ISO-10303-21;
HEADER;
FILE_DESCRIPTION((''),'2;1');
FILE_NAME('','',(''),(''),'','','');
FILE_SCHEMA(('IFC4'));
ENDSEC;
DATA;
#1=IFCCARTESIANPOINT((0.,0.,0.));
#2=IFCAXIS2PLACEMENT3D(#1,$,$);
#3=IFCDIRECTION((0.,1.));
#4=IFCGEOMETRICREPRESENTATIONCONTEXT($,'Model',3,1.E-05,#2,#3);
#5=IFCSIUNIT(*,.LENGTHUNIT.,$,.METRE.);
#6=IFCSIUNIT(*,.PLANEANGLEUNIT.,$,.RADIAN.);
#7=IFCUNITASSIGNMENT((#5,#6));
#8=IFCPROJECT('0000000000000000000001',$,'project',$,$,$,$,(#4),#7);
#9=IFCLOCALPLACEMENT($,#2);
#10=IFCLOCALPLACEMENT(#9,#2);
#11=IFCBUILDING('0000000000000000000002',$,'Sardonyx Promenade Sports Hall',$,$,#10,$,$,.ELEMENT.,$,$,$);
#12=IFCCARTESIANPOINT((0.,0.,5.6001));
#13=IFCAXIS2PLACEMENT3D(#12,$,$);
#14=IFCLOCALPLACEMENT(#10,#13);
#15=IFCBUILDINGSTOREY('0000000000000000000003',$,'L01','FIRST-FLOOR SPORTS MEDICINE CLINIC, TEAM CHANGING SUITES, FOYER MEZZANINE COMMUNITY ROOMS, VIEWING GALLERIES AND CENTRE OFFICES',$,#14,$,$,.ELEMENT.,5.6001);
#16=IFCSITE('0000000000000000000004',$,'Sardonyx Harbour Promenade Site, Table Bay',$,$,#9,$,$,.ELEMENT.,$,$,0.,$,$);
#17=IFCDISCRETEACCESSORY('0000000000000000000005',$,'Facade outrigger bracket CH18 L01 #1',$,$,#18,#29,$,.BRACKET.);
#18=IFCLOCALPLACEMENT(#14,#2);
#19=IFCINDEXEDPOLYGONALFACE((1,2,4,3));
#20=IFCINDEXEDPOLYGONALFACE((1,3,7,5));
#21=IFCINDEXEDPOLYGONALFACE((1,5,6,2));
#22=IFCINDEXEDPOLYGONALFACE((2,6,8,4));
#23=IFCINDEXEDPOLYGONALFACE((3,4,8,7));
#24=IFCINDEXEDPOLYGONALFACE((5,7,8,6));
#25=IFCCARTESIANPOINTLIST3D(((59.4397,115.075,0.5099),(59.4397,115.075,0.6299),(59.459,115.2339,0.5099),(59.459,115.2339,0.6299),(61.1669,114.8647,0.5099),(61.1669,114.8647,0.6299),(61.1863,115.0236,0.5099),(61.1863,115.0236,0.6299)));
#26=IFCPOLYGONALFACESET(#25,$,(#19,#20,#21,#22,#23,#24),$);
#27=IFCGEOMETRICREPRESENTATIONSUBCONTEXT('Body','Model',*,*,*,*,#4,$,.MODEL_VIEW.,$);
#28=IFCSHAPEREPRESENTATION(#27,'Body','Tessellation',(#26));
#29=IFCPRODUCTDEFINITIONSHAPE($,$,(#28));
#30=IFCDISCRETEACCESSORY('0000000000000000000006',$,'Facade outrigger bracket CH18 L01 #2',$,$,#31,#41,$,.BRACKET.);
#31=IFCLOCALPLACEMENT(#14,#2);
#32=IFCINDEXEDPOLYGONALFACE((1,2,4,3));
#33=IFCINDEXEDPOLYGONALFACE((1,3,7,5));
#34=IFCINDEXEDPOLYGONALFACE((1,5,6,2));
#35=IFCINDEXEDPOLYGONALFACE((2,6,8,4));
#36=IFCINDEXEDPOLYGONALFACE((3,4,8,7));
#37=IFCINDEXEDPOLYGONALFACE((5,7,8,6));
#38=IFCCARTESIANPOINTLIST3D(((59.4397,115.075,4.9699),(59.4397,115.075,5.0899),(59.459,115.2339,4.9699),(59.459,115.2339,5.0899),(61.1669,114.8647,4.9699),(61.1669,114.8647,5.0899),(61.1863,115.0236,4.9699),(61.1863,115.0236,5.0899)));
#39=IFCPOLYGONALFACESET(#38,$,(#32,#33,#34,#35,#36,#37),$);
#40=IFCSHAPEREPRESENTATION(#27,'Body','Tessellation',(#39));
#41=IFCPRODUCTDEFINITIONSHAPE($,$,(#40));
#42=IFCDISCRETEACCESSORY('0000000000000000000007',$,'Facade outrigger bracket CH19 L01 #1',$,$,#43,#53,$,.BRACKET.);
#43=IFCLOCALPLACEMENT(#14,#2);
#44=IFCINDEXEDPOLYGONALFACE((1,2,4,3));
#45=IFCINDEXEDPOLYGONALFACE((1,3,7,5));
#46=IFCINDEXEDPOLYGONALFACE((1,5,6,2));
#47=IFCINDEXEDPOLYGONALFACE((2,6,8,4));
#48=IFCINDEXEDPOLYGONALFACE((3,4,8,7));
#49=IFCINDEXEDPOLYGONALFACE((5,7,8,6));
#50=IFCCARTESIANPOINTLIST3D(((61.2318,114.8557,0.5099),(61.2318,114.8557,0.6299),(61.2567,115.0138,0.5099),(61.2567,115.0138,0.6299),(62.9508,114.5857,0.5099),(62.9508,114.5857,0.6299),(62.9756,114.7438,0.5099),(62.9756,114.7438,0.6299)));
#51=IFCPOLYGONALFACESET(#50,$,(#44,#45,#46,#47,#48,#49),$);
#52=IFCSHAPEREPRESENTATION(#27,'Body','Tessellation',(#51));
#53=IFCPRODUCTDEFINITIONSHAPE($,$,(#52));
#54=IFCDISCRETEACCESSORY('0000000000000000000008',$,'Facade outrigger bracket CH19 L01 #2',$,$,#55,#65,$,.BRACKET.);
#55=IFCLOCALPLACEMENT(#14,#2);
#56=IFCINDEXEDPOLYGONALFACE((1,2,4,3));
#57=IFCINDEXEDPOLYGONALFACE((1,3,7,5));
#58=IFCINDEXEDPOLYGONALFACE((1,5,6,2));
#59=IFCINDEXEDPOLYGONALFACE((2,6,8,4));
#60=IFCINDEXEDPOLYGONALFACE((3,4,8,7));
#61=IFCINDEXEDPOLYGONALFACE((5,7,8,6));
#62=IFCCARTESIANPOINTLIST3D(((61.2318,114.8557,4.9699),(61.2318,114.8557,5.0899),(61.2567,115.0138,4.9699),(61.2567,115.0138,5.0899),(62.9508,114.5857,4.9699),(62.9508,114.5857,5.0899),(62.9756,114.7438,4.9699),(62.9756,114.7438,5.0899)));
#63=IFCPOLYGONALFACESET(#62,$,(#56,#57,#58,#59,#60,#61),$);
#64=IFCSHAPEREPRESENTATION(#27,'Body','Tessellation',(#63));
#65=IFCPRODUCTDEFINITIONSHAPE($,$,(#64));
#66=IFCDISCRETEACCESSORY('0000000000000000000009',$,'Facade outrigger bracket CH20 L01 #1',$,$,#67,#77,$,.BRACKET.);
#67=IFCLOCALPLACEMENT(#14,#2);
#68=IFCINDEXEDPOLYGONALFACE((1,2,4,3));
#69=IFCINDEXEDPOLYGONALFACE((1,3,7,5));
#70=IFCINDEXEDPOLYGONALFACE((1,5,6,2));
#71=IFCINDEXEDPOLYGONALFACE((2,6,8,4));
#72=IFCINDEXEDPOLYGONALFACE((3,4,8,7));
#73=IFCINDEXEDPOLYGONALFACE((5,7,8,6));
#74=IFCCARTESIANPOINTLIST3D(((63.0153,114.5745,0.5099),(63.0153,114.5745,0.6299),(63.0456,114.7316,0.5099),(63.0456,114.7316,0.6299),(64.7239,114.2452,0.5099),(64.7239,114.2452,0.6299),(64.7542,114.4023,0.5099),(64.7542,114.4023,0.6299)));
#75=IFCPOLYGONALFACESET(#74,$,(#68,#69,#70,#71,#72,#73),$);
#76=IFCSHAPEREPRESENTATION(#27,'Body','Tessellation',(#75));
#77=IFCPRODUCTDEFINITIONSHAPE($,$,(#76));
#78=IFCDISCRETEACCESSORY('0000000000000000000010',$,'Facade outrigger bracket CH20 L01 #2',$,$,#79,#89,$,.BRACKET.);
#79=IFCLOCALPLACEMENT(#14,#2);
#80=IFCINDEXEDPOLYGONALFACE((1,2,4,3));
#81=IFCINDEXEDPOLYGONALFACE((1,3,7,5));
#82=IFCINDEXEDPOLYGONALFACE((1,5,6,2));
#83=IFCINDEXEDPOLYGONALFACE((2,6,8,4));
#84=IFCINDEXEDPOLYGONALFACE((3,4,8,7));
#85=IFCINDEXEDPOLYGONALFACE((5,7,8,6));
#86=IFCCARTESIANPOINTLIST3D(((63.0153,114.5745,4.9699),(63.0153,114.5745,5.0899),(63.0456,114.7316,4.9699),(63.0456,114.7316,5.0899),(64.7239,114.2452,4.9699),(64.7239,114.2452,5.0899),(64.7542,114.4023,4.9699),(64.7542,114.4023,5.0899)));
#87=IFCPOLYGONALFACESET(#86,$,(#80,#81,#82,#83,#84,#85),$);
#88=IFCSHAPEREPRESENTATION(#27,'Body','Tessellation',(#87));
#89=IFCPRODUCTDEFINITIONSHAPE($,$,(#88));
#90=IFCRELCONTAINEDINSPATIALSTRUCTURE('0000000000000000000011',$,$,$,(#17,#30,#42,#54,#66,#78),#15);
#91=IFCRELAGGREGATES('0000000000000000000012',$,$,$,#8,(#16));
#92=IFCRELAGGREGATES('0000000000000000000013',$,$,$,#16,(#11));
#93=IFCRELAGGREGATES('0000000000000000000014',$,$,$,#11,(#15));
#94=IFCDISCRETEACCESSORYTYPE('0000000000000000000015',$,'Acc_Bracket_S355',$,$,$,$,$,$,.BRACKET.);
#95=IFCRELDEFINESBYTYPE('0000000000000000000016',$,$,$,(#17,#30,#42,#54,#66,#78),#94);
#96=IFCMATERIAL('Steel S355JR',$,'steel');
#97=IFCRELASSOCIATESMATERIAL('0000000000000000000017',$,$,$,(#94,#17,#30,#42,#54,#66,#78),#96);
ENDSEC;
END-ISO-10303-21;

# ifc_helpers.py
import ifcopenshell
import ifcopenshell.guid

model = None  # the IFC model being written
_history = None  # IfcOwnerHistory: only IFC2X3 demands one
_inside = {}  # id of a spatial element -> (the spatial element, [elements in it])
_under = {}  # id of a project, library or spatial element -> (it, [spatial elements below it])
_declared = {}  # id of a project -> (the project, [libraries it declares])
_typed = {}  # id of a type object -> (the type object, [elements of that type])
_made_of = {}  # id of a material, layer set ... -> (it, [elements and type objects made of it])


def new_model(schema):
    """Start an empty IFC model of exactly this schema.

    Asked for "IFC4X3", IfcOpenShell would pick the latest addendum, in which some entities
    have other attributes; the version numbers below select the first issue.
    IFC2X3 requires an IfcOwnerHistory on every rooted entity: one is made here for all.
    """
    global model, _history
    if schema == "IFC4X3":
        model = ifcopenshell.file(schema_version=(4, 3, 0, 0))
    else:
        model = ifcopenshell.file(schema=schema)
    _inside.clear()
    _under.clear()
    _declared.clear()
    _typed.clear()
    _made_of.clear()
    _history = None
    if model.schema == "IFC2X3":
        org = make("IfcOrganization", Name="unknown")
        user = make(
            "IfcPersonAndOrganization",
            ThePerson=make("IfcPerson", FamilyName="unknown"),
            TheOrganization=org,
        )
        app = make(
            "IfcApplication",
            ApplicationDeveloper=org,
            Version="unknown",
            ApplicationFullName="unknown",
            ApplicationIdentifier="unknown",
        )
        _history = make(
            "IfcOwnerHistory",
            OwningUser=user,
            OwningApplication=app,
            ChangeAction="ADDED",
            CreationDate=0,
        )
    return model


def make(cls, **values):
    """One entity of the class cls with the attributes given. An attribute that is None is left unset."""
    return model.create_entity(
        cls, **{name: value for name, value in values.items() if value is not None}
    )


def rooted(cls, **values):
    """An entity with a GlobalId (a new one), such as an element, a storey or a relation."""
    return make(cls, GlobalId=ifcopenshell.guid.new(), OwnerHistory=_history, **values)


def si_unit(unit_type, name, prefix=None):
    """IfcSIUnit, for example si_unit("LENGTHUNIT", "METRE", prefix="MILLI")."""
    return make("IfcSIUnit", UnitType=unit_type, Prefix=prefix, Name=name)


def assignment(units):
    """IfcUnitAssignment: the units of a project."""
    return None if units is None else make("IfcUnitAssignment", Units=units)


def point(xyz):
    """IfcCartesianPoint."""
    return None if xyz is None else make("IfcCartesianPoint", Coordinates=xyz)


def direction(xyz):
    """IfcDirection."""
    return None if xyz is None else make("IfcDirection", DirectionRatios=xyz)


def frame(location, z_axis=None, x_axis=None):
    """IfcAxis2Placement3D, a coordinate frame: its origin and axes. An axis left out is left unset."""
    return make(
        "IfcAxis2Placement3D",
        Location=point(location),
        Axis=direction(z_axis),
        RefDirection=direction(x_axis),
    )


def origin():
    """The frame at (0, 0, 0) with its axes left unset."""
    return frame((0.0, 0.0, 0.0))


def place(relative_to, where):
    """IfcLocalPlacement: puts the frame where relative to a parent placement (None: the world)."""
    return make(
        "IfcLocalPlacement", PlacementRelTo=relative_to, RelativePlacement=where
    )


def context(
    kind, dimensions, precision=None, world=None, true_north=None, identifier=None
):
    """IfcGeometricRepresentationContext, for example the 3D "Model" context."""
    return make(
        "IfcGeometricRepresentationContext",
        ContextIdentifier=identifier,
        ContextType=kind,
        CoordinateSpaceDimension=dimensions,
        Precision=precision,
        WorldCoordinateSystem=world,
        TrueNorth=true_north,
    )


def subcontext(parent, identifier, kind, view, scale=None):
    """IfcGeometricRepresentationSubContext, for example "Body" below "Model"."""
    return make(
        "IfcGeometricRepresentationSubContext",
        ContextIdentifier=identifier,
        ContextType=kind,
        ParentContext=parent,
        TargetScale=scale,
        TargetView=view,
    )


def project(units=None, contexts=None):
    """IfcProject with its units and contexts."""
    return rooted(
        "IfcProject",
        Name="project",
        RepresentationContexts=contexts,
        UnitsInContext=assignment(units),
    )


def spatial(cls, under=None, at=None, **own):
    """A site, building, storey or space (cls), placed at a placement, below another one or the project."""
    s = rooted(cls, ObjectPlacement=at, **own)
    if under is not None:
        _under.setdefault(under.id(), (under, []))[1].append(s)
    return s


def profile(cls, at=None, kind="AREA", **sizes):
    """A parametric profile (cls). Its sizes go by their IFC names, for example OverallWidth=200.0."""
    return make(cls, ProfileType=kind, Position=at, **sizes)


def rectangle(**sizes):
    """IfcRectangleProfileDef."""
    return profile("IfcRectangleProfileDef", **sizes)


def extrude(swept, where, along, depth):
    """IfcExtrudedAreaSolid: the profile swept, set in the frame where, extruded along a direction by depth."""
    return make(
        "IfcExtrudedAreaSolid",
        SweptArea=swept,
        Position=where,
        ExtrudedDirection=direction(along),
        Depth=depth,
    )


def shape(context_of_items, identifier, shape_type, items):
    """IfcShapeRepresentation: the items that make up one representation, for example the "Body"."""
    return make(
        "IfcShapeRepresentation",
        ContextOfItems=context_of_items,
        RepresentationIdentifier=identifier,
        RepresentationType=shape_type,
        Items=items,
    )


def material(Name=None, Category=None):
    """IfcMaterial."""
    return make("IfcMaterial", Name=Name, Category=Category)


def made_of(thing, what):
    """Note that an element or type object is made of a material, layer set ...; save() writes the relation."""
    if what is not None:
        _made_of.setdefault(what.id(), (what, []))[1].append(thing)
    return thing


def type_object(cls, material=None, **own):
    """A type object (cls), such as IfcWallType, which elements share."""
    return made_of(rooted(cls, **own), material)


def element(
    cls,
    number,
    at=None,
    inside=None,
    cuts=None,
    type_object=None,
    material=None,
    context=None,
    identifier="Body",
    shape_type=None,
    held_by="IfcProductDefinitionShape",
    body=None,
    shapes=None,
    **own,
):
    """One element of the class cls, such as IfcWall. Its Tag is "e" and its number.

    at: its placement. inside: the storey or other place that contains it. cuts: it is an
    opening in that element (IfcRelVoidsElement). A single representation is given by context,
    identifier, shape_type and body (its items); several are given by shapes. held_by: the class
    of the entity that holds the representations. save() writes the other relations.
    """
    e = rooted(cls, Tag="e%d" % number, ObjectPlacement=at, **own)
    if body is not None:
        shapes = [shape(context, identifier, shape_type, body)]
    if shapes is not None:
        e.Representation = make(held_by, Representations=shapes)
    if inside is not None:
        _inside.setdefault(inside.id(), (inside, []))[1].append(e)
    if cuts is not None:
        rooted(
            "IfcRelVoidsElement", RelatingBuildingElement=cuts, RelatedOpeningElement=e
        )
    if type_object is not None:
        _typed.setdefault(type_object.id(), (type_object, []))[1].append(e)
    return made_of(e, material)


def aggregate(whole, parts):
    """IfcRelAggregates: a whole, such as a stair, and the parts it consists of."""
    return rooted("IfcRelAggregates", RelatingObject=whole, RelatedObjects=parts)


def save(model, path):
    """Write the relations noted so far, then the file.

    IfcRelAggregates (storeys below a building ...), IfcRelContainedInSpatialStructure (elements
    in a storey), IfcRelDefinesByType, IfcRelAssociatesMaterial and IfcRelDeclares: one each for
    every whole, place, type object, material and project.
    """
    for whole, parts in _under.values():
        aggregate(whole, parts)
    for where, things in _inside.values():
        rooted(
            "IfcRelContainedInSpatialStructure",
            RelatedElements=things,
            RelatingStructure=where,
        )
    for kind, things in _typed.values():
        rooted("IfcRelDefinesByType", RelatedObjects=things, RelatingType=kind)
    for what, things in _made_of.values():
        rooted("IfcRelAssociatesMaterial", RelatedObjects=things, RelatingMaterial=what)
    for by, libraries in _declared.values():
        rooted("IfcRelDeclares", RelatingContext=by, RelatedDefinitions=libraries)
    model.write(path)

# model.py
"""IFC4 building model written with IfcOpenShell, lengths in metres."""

from ifc_helpers import new_model, si_unit, direction, frame, origin, place, context, subcontext, project, spatial, rectangle, extrude, material, type_object, element, save


model = new_model("IFC4")

# Units and contexts
model_context = context("Model", 3, precision=1e-05, world=origin(), true_north=direction((0.0, 1.0)))
body_context = subcontext(model_context, "Body", "Model", "MODEL_VIEW")
ifc_project = project(units=[si_unit("LENGTHUNIT", "METRE"), si_unit("PLANEANGLEUNIT", "RADIAN")], contexts=[model_context])

# Site, building, storey
site_placement = place(None, origin())
site = spatial("IfcSite", under=ifc_project, at=site_placement, Name="Sardonyx Harbour Promenade Site, Table Bay", CompositionType="ELEMENT", RefElevation=0.0)
building_placement = place(site_placement, origin())
building = spatial("IfcBuilding", under=site, at=building_placement, Name="Sardonyx Promenade Sports Hall", CompositionType="ELEMENT")
storey_placement = place(building_placement, frame((0.0, 0.0, 5.6001)))
storey = spatial("IfcBuildingStorey", under=building, at=storey_placement, Name="L01", Description="FIRST-FLOOR SPORTS MEDICINE CLINIC, TEAM CHANGING SUITES, FOYER MEZZANINE COMMUNITY ROOMS, VIEWING GALLERIES AND CENTRE OFFICES", CompositionType="ELEMENT", Elevation=5.6001)

# Discrete accessories
ifc_material_1 = material(Name="Steel S355JR", Category="steel")
discrete_accessory_type = type_object("IfcDiscreteAccessoryType", Name="Acc_Bracket_S355", PredefinedType="BRACKET", material=ifc_material_1)
for number, where, z_axis, x_axis, name in (
    (1, (60.313, 115.0493, 0.5099), (0.0, 0.0, 1.0), (0.992669, -0.120863, 0.0), "Facade outrigger bracket CH18 L01 #1"),
    (2, (60.313, 115.0493, 4.9699), (0.0, 0.0, 1.0), (0.992669, -0.120863, 0.0), "Facade outrigger bracket CH18 L01 #2"),
    (3, (62.1037, 114.7997, 0.5099), (0.0, 0.0, 1.0), (0.987891, -0.155148, 0.0), "Facade outrigger bracket CH19 L01 #1"),
    (4, (62.1037, 114.7997, 4.9699), (0.0, 0.0, 1.0), (0.987891, -0.155148, 0.0), "Facade outrigger bracket CH19 L01 #2"),
    (5, (63.8847, 114.4884, 0.5099), (0.0, 0.0, 1.0), (0.98193, -0.189246, 0.0), "Facade outrigger bracket CH20 L01 #1"),
    (6, (63.8847, 114.4884, 4.9699), (0.0, 0.0, 1.0), (0.98193, -0.189246, 0.0), "Facade outrigger bracket CH20 L01 #2"),
):
    element("IfcDiscreteAccessory", number, at=place(storey_placement, frame(where, z_axis=z_axis, x_axis=x_axis)), inside=storey, type_object=discrete_accessory_type, material=ifc_material_1, Name=name, PredefinedType="BRACKET", context=body_context, shape_type="SweptSolid", body=[
        extrude(rectangle(XDim=1.74, YDim=0.16), origin(), (0.0, 0.0, 1.0), 0.12),
    ])

save(model, "model.ifc")
